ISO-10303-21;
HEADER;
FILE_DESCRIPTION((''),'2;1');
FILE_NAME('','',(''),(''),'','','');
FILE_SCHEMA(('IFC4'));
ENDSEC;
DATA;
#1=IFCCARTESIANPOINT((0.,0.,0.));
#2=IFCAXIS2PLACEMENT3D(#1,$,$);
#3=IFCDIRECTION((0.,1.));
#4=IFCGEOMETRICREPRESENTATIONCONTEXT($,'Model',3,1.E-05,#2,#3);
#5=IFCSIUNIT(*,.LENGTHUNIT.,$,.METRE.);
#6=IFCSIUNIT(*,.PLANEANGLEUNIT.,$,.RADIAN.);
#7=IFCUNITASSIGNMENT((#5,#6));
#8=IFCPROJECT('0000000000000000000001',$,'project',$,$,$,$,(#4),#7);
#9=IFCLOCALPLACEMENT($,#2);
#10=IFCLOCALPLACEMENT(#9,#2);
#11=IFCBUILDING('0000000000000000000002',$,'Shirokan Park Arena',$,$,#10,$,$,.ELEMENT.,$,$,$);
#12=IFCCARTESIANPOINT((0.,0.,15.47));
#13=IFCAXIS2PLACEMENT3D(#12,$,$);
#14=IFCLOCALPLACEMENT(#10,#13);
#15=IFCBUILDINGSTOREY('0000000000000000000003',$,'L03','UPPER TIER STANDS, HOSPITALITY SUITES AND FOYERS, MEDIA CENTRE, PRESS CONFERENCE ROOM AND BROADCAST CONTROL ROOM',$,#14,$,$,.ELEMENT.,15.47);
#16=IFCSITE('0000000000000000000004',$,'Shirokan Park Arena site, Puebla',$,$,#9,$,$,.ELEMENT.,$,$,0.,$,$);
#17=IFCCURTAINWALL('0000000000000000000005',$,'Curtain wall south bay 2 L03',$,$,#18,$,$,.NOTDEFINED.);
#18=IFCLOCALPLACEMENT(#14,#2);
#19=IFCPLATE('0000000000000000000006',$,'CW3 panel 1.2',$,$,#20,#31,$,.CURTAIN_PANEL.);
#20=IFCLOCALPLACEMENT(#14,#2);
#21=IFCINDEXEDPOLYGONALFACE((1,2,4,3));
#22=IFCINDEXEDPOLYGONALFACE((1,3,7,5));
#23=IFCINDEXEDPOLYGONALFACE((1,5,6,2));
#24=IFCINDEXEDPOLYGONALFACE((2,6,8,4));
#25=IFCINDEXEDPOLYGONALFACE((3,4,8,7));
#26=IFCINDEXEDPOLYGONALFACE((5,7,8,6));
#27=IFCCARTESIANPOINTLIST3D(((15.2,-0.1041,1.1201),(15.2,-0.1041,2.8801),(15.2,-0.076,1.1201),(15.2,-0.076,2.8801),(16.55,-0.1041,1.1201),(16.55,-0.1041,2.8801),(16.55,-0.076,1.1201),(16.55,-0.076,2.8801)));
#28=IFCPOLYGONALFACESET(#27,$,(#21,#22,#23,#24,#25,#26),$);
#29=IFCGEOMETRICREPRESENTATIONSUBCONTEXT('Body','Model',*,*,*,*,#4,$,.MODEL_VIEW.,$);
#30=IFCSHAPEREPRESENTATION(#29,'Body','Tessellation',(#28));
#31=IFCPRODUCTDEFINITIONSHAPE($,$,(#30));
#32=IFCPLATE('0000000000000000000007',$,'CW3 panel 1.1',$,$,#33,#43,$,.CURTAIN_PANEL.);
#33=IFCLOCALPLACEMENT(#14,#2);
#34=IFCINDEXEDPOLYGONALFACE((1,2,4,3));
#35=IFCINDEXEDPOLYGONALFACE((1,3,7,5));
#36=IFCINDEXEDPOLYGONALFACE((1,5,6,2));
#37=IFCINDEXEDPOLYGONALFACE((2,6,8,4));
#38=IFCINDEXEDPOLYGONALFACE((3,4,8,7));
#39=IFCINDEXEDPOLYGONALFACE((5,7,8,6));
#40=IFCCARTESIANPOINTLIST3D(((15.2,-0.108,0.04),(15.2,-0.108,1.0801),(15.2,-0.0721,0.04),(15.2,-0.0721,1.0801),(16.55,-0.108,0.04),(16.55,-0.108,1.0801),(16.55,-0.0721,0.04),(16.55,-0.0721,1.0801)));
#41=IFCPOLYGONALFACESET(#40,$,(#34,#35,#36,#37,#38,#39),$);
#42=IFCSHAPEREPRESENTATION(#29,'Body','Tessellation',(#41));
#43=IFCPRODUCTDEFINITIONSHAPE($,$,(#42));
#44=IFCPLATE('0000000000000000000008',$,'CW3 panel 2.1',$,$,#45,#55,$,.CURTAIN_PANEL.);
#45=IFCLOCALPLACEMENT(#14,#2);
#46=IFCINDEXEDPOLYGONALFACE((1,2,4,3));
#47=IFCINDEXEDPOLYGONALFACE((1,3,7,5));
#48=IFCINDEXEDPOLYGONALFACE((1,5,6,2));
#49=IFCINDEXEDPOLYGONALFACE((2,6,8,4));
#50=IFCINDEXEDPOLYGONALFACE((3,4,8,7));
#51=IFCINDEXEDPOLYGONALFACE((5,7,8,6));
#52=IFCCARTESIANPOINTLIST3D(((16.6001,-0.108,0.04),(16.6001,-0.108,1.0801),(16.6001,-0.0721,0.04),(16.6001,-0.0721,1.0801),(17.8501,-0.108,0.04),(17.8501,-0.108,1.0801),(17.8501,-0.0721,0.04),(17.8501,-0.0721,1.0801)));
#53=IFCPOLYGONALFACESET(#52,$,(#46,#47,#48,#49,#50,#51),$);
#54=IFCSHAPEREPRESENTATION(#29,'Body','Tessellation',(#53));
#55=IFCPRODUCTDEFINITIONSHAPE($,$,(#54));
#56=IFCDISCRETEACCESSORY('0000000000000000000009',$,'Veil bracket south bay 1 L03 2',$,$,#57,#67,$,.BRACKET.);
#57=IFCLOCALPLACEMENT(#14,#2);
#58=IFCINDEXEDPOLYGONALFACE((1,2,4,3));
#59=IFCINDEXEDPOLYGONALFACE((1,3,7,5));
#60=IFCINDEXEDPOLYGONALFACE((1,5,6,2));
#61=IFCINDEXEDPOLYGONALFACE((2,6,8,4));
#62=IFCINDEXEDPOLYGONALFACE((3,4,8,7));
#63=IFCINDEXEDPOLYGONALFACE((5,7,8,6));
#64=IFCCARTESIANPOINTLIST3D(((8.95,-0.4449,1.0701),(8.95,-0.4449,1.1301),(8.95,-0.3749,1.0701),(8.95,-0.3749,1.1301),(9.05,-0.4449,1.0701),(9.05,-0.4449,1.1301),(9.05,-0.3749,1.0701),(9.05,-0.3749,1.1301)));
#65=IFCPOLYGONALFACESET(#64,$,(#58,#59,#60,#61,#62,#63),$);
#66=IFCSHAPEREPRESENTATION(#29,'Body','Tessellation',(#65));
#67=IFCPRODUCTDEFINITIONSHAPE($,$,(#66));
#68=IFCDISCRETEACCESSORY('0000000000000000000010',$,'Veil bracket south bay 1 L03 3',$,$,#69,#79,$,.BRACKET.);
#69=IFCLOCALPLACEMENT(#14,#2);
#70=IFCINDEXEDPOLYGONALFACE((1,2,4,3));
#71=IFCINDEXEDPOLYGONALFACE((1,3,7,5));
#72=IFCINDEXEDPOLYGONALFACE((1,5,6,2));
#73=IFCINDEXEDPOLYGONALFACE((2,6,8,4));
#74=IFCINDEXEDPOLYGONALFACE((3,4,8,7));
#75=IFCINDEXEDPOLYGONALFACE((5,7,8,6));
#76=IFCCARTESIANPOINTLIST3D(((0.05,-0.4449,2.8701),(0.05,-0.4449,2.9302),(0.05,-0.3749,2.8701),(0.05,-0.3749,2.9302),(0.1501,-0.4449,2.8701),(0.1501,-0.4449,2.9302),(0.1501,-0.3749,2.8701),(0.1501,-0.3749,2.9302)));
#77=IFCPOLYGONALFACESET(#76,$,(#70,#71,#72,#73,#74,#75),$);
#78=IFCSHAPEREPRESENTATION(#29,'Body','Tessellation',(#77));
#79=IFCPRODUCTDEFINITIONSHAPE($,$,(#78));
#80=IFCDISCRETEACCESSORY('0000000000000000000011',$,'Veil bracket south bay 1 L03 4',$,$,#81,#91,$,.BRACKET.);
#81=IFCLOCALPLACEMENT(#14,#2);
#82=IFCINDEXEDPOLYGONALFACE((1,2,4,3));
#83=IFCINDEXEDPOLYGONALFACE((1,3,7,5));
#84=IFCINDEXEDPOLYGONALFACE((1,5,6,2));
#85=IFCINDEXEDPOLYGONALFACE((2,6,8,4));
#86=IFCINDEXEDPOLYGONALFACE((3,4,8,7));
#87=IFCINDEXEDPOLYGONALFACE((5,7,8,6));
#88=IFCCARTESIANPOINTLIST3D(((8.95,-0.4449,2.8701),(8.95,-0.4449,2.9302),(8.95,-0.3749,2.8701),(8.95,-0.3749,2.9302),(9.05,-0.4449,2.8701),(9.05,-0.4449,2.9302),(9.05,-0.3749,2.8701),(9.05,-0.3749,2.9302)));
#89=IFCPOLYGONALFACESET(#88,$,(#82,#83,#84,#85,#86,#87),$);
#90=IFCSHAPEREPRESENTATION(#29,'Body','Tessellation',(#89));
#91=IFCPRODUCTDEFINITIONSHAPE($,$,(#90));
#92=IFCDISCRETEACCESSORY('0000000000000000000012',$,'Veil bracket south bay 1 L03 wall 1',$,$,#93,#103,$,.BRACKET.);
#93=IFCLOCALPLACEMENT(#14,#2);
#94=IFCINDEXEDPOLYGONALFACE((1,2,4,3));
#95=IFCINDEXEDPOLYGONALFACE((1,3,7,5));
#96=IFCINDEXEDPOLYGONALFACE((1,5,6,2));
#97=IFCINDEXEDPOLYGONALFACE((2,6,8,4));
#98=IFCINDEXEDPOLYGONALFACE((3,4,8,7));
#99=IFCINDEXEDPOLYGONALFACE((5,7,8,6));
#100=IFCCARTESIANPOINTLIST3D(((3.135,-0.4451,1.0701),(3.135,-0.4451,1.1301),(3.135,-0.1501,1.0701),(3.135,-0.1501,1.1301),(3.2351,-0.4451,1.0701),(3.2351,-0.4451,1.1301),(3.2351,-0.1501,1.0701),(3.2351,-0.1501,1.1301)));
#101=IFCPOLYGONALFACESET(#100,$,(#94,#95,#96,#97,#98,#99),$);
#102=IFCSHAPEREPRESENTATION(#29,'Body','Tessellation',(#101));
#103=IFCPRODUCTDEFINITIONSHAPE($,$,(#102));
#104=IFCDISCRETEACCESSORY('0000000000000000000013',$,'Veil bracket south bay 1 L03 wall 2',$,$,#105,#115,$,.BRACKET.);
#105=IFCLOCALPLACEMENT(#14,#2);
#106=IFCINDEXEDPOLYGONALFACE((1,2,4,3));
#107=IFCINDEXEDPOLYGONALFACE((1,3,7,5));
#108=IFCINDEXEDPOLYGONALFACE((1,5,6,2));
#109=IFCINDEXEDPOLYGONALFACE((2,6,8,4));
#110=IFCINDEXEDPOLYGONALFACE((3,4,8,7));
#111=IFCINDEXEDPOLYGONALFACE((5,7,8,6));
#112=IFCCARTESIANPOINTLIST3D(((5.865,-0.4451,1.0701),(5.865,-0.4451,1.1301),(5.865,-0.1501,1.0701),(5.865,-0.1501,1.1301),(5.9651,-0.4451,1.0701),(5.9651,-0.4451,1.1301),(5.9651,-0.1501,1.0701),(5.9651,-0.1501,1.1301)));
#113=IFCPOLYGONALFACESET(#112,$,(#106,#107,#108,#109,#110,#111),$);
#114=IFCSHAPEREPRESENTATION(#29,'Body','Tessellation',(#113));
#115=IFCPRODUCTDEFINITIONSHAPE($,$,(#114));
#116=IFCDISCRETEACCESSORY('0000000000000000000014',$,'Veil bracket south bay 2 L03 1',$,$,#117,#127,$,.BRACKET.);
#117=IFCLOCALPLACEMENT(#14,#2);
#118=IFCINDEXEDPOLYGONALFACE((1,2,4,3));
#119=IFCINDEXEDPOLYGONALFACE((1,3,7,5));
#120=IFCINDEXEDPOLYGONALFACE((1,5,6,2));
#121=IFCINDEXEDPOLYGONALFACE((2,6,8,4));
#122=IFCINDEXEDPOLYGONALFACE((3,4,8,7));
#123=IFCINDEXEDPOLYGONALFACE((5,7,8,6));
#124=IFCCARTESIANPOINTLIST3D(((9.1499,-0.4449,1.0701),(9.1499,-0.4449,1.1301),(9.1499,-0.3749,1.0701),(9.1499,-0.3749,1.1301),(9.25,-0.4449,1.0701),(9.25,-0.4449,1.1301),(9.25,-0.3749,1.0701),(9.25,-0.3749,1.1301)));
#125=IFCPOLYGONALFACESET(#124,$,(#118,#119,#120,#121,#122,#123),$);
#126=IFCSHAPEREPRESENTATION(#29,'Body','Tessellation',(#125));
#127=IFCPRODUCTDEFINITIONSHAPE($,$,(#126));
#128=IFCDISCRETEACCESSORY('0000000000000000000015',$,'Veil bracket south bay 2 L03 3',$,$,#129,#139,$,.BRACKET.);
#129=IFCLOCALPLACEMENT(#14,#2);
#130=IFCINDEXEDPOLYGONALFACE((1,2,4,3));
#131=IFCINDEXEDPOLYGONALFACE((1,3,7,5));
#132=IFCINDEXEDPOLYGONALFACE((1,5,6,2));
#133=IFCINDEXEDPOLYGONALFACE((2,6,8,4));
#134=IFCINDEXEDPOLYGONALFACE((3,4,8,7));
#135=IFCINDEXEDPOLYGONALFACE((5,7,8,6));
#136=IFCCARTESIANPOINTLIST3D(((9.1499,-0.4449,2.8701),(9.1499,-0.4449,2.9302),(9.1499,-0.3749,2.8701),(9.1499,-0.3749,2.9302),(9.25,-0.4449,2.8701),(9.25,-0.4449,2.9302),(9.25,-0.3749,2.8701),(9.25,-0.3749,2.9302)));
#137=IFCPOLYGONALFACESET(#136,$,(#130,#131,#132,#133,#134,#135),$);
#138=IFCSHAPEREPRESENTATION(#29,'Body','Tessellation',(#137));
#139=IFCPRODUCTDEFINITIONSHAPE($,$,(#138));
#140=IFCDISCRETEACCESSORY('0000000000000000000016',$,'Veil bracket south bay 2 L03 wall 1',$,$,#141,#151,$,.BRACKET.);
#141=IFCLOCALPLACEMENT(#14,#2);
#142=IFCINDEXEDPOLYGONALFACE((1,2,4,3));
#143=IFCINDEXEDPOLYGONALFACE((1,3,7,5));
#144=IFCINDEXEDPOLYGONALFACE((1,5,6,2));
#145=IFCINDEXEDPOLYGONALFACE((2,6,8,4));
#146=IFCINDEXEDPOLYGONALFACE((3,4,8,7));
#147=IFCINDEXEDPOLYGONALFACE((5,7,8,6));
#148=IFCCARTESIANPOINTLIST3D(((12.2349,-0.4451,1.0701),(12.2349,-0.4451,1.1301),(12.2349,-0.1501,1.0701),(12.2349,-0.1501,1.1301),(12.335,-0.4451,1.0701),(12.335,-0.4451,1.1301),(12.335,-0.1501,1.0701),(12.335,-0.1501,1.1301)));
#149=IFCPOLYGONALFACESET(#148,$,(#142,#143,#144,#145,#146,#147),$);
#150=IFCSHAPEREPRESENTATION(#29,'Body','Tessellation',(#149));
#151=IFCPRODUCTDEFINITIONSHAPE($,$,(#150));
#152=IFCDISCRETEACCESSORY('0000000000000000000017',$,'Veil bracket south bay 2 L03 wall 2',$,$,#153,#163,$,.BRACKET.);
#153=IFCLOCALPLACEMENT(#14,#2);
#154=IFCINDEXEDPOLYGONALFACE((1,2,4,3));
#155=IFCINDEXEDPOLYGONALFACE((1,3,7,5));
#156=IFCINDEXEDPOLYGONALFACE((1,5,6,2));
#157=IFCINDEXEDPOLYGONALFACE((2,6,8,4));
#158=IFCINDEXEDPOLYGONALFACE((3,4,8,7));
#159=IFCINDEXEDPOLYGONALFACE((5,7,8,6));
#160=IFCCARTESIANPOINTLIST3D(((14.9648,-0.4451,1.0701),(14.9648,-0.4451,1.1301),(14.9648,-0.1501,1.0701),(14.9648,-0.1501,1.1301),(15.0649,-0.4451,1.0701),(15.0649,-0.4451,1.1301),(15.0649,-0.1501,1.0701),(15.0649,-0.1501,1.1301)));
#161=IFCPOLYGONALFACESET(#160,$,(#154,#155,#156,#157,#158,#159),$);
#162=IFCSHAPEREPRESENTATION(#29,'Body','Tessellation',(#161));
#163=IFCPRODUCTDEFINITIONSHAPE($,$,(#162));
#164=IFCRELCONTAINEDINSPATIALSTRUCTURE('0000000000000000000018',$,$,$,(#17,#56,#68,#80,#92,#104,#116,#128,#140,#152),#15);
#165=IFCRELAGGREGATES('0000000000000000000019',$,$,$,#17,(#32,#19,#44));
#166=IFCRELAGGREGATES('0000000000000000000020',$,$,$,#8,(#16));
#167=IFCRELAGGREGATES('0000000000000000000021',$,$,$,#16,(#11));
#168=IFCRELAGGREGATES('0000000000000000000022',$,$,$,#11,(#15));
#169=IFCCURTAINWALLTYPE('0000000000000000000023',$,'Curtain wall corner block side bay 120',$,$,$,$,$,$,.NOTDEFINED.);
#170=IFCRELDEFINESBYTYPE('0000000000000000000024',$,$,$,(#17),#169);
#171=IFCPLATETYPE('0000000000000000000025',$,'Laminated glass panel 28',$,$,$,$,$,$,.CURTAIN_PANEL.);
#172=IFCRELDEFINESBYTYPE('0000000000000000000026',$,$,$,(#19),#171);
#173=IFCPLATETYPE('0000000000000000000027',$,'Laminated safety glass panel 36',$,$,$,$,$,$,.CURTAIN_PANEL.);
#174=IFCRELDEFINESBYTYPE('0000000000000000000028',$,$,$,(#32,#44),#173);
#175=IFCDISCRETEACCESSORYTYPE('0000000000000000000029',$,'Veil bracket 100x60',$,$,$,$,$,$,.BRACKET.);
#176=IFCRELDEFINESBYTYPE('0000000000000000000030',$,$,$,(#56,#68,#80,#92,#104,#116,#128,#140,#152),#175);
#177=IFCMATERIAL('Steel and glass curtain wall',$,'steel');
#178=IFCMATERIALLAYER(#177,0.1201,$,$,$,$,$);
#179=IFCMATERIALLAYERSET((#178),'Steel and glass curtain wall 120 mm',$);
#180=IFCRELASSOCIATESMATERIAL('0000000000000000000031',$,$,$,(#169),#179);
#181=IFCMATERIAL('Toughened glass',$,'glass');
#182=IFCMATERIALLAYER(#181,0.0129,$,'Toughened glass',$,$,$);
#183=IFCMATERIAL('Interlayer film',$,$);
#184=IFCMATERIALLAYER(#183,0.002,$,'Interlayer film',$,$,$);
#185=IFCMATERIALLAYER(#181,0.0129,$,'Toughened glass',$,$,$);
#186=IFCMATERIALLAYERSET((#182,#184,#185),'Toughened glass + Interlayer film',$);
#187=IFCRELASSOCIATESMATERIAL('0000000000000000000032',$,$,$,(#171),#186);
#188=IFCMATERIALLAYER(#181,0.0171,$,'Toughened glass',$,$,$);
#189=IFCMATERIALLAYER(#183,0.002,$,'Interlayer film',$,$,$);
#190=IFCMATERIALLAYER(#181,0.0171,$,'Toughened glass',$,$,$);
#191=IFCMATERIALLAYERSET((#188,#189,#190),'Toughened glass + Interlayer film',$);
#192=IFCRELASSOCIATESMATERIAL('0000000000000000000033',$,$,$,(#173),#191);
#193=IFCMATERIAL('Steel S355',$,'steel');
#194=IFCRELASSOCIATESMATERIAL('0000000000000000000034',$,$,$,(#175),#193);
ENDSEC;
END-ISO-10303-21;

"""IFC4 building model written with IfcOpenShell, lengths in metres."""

from ifc_helpers import new_model, si_unit, direction, frame, origin, origin_2d, place, context, subcontext, project, spatial, rectangle, extrude, material, layer, layer_set, type_object, element, aggregate, save


model = new_model("IFC4")

# Units and contexts
model_context = context("Model", 3, precision=1e-05, world=origin(), true_north=direction((0.0, 1.0)))
body_context = subcontext(model_context, "Body", "Model", "MODEL_VIEW")
ifc_project = project(units=[si_unit("LENGTHUNIT", "METRE"), si_unit("PLANEANGLEUNIT", "RADIAN")], contexts=[model_context])

# Site, building, storey
site_placement = place(None, origin())
site = spatial("IfcSite", under=ifc_project, at=site_placement, Name="Shirokan Park Arena site, Puebla", CompositionType="ELEMENT", RefElevation=0.0)
building_placement = place(site_placement, origin())
building = spatial("IfcBuilding", under=site, at=building_placement, Name="Shirokan Park Arena", CompositionType="ELEMENT")
storey_placement = place(building_placement, frame((0.0, 0.0, 15.47)))
storey = spatial("IfcBuildingStorey", under=building, at=storey_placement, Name="L03", Description="UPPER TIER STANDS, HOSPITALITY SUITES AND FOYERS, MEDIA CENTRE, PRESS CONFERENCE ROOM AND BROADCAST CONTROL ROOM", CompositionType="ELEMENT", Elevation=15.47)

# Curtain wall, plates
ifc_material_1 = material(Name="Steel and glass curtain wall", Category="steel")
ifc_layer_1 = layer(ifc_material_1, 0.1201)
ifc_layer_set_1 = layer_set([ifc_layer_1], Name="Steel and glass curtain wall 120 mm")
curtain_wall_type = type_object("IfcCurtainWallType", Name="Curtain wall corner block side bay 120", PredefinedType="NOTDEFINED", material=ifc_layer_set_1)
curtain_wall_placement = place(storey_placement, origin())
curtain_wall = element("IfcCurtainWall", 1, at=curtain_wall_placement, inside=storey, type_object=curtain_wall_type, Name="Curtain wall south bay 2 L03", PredefinedType="NOTDEFINED")
ifc_material_2 = material(Name="Steel S355", Category="steel")
ifc_material_3 = material(Name="Toughened glass", Category="glass")
ifc_layer_2 = layer(ifc_material_3, 0.0129, Name="Toughened glass")
ifc_material_4 = material(Name="Interlayer film")
ifc_layer_3 = layer(ifc_material_4, 0.002, Name="Interlayer film")
ifc_layer_4 = layer(ifc_material_3, 0.0129, Name="Toughened glass")
ifc_layer_set_2 = layer_set([ifc_layer_2, ifc_layer_3, ifc_layer_4], Name="Toughened glass + Interlayer film")
plate_type_1 = type_object("IfcPlateType", Name="Laminated glass panel 28", PredefinedType="CURTAIN_PANEL", material=ifc_layer_set_2)
plate_1_placement = place(storey_placement, frame((15.875, -0.0901, 1.1201), z_axis=(0.0, 0.0, 1.0), x_axis=(1.0, 0.0, 0.0)))
plate_1 = element("IfcPlate", 2, at=plate_1_placement, type_object=plate_type_1, Name="CW3 panel 1.2", PredefinedType="CURTAIN_PANEL", context=body_context, shape_type="SweptSolid", body=[
    extrude(rectangle(XDim=1.3501, YDim=0.0281, at=origin_2d()), origin(), (0.0, 0.0, 1.0), 1.76),
])
ifc_layer_5 = layer(ifc_material_3, 0.0171, Name="Toughened glass")
ifc_layer_6 = layer(ifc_material_4, 0.002, Name="Interlayer film")
ifc_layer_7 = layer(ifc_material_3, 0.0171, Name="Toughened glass")
ifc_layer_set_3 = layer_set([ifc_layer_5, ifc_layer_6, ifc_layer_7], Name="Toughened glass + Interlayer film")
plate_type_2 = type_object("IfcPlateType", Name="Laminated safety glass panel 36", PredefinedType="CURTAIN_PANEL", material=ifc_layer_set_3)
plate_2_placement = place(storey_placement, frame((15.875, -0.0901, 0.04), z_axis=(0.0, 0.0, 1.0), x_axis=(1.0, 0.0, 0.0)))
plate_2 = element("IfcPlate", 3, at=plate_2_placement, type_object=plate_type_2, Name="CW3 panel 1.1", PredefinedType="CURTAIN_PANEL", context=body_context, shape_type="SweptSolid", body=[
    extrude(rectangle(XDim=1.3501, YDim=0.0359, at=origin_2d()), origin(), (0.0, 0.0, 1.0), 1.04),
])
plate_3_placement = place(storey_placement, frame((17.2251, -0.0901, 0.04), z_axis=(0.0, 0.0, 1.0), x_axis=(1.0, 0.0, 0.0)))
plate_3 = element("IfcPlate", 4, at=plate_3_placement, type_object=plate_type_2, Name="CW3 panel 2.1", PredefinedType="CURTAIN_PANEL", context=body_context, shape_type="SweptSolid", body=[
    extrude(rectangle(XDim=1.25, YDim=0.0359, at=origin_2d()), origin(), (0.0, 0.0, 1.0), 1.04),
])
aggregate(curtain_wall, [plate_2, plate_1, plate_3])

# Discrete accessories
discrete_accessory_type = type_object("IfcDiscreteAccessoryType", Name="Veil bracket 100x60", PredefinedType="BRACKET", material=ifc_material_2)
for number, where, z_axis, x_axis, name in (
    (5, (9.0, -0.4099, 1.0701), (0.0, 0.0, 1.0), (1.0, 0.0, 0.0), "Veil bracket south bay 1 L03 2"),
    (6, (0.1001, -0.4099, 2.8701), (0.0, 0.0, 1.0), (1.0, 0.0, 0.0), "Veil bracket south bay 1 L03 3"),
    (7, (9.0, -0.4099, 2.8701), (0.0, 0.0, 1.0), (1.0, 0.0, 0.0), "Veil bracket south bay 1 L03 4"),
):
    element("IfcDiscreteAccessory", number, at=place(storey_placement, frame(where, z_axis=z_axis, x_axis=x_axis)), inside=storey, type_object=discrete_accessory_type, Name=name, PredefinedType="BRACKET", context=body_context, shape_type="SweptSolid", body=[
        extrude(rectangle(XDim=0.1001, YDim=0.0701, at=origin_2d()), origin(), (0.0, 0.0, 1.0), 0.0601),
    ])
for number, where, z_axis, x_axis, name in (
    (8, (3.1851, -0.2976, 1.0701), (0.0, 0.0, 1.0), (1.0, 0.0, 0.0), "Veil bracket south bay 1 L03 wall 1"),
    (9, (5.915, -0.2976, 1.0701), (0.0, 0.0, 1.0), (1.0, 0.0, 0.0), "Veil bracket south bay 1 L03 wall 2"),
):
    element("IfcDiscreteAccessory", number, at=place(storey_placement, frame(where, z_axis=z_axis, x_axis=x_axis)), inside=storey, type_object=discrete_accessory_type, Name=name, PredefinedType="BRACKET", context=body_context, shape_type="SweptSolid", body=[
        extrude(rectangle(XDim=0.1001, YDim=0.2949, at=origin_2d()), origin(), (0.0, 0.0, 1.0), 0.0601),
    ])
for number, where, z_axis, x_axis, name in (
    (10, (9.2, -0.4099, 1.0701), (0.0, 0.0, 1.0), (1.0, 0.0, 0.0), "Veil bracket south bay 2 L03 1"),
    (11, (9.2, -0.4099, 2.8701), (0.0, 0.0, 1.0), (1.0, 0.0, 0.0), "Veil bracket south bay 2 L03 3"),
):
    element("IfcDiscreteAccessory", number, at=place(storey_placement, frame(where, z_axis=z_axis, x_axis=x_axis)), inside=storey, type_object=discrete_accessory_type, Name=name, PredefinedType="BRACKET", context=body_context, shape_type="SweptSolid", body=[
        extrude(rectangle(XDim=0.1001, YDim=0.0701, at=origin_2d()), origin(), (0.0, 0.0, 1.0), 0.0601),
    ])
for number, where, z_axis, x_axis, name in (
    (12, (12.2849, -0.2976, 1.0701), (0.0, 0.0, 1.0), (1.0, 0.0, 0.0), "Veil bracket south bay 2 L03 wall 1"),
    (13, (15.0149, -0.2976, 1.0701), (0.0, 0.0, 1.0), (1.0, 0.0, 0.0), "Veil bracket south bay 2 L03 wall 2"),
):
    element("IfcDiscreteAccessory", number, at=place(storey_placement, frame(where, z_axis=z_axis, x_axis=x_axis)), inside=storey, type_object=discrete_accessory_type, Name=name, PredefinedType="BRACKET", context=body_context, shape_type="SweptSolid", body=[
        extrude(rectangle(XDim=0.1001, YDim=0.2949, at=origin_2d()), origin(), (0.0, 0.0, 1.0), 0.0601),
    ])

save(model, "model.ifc")
